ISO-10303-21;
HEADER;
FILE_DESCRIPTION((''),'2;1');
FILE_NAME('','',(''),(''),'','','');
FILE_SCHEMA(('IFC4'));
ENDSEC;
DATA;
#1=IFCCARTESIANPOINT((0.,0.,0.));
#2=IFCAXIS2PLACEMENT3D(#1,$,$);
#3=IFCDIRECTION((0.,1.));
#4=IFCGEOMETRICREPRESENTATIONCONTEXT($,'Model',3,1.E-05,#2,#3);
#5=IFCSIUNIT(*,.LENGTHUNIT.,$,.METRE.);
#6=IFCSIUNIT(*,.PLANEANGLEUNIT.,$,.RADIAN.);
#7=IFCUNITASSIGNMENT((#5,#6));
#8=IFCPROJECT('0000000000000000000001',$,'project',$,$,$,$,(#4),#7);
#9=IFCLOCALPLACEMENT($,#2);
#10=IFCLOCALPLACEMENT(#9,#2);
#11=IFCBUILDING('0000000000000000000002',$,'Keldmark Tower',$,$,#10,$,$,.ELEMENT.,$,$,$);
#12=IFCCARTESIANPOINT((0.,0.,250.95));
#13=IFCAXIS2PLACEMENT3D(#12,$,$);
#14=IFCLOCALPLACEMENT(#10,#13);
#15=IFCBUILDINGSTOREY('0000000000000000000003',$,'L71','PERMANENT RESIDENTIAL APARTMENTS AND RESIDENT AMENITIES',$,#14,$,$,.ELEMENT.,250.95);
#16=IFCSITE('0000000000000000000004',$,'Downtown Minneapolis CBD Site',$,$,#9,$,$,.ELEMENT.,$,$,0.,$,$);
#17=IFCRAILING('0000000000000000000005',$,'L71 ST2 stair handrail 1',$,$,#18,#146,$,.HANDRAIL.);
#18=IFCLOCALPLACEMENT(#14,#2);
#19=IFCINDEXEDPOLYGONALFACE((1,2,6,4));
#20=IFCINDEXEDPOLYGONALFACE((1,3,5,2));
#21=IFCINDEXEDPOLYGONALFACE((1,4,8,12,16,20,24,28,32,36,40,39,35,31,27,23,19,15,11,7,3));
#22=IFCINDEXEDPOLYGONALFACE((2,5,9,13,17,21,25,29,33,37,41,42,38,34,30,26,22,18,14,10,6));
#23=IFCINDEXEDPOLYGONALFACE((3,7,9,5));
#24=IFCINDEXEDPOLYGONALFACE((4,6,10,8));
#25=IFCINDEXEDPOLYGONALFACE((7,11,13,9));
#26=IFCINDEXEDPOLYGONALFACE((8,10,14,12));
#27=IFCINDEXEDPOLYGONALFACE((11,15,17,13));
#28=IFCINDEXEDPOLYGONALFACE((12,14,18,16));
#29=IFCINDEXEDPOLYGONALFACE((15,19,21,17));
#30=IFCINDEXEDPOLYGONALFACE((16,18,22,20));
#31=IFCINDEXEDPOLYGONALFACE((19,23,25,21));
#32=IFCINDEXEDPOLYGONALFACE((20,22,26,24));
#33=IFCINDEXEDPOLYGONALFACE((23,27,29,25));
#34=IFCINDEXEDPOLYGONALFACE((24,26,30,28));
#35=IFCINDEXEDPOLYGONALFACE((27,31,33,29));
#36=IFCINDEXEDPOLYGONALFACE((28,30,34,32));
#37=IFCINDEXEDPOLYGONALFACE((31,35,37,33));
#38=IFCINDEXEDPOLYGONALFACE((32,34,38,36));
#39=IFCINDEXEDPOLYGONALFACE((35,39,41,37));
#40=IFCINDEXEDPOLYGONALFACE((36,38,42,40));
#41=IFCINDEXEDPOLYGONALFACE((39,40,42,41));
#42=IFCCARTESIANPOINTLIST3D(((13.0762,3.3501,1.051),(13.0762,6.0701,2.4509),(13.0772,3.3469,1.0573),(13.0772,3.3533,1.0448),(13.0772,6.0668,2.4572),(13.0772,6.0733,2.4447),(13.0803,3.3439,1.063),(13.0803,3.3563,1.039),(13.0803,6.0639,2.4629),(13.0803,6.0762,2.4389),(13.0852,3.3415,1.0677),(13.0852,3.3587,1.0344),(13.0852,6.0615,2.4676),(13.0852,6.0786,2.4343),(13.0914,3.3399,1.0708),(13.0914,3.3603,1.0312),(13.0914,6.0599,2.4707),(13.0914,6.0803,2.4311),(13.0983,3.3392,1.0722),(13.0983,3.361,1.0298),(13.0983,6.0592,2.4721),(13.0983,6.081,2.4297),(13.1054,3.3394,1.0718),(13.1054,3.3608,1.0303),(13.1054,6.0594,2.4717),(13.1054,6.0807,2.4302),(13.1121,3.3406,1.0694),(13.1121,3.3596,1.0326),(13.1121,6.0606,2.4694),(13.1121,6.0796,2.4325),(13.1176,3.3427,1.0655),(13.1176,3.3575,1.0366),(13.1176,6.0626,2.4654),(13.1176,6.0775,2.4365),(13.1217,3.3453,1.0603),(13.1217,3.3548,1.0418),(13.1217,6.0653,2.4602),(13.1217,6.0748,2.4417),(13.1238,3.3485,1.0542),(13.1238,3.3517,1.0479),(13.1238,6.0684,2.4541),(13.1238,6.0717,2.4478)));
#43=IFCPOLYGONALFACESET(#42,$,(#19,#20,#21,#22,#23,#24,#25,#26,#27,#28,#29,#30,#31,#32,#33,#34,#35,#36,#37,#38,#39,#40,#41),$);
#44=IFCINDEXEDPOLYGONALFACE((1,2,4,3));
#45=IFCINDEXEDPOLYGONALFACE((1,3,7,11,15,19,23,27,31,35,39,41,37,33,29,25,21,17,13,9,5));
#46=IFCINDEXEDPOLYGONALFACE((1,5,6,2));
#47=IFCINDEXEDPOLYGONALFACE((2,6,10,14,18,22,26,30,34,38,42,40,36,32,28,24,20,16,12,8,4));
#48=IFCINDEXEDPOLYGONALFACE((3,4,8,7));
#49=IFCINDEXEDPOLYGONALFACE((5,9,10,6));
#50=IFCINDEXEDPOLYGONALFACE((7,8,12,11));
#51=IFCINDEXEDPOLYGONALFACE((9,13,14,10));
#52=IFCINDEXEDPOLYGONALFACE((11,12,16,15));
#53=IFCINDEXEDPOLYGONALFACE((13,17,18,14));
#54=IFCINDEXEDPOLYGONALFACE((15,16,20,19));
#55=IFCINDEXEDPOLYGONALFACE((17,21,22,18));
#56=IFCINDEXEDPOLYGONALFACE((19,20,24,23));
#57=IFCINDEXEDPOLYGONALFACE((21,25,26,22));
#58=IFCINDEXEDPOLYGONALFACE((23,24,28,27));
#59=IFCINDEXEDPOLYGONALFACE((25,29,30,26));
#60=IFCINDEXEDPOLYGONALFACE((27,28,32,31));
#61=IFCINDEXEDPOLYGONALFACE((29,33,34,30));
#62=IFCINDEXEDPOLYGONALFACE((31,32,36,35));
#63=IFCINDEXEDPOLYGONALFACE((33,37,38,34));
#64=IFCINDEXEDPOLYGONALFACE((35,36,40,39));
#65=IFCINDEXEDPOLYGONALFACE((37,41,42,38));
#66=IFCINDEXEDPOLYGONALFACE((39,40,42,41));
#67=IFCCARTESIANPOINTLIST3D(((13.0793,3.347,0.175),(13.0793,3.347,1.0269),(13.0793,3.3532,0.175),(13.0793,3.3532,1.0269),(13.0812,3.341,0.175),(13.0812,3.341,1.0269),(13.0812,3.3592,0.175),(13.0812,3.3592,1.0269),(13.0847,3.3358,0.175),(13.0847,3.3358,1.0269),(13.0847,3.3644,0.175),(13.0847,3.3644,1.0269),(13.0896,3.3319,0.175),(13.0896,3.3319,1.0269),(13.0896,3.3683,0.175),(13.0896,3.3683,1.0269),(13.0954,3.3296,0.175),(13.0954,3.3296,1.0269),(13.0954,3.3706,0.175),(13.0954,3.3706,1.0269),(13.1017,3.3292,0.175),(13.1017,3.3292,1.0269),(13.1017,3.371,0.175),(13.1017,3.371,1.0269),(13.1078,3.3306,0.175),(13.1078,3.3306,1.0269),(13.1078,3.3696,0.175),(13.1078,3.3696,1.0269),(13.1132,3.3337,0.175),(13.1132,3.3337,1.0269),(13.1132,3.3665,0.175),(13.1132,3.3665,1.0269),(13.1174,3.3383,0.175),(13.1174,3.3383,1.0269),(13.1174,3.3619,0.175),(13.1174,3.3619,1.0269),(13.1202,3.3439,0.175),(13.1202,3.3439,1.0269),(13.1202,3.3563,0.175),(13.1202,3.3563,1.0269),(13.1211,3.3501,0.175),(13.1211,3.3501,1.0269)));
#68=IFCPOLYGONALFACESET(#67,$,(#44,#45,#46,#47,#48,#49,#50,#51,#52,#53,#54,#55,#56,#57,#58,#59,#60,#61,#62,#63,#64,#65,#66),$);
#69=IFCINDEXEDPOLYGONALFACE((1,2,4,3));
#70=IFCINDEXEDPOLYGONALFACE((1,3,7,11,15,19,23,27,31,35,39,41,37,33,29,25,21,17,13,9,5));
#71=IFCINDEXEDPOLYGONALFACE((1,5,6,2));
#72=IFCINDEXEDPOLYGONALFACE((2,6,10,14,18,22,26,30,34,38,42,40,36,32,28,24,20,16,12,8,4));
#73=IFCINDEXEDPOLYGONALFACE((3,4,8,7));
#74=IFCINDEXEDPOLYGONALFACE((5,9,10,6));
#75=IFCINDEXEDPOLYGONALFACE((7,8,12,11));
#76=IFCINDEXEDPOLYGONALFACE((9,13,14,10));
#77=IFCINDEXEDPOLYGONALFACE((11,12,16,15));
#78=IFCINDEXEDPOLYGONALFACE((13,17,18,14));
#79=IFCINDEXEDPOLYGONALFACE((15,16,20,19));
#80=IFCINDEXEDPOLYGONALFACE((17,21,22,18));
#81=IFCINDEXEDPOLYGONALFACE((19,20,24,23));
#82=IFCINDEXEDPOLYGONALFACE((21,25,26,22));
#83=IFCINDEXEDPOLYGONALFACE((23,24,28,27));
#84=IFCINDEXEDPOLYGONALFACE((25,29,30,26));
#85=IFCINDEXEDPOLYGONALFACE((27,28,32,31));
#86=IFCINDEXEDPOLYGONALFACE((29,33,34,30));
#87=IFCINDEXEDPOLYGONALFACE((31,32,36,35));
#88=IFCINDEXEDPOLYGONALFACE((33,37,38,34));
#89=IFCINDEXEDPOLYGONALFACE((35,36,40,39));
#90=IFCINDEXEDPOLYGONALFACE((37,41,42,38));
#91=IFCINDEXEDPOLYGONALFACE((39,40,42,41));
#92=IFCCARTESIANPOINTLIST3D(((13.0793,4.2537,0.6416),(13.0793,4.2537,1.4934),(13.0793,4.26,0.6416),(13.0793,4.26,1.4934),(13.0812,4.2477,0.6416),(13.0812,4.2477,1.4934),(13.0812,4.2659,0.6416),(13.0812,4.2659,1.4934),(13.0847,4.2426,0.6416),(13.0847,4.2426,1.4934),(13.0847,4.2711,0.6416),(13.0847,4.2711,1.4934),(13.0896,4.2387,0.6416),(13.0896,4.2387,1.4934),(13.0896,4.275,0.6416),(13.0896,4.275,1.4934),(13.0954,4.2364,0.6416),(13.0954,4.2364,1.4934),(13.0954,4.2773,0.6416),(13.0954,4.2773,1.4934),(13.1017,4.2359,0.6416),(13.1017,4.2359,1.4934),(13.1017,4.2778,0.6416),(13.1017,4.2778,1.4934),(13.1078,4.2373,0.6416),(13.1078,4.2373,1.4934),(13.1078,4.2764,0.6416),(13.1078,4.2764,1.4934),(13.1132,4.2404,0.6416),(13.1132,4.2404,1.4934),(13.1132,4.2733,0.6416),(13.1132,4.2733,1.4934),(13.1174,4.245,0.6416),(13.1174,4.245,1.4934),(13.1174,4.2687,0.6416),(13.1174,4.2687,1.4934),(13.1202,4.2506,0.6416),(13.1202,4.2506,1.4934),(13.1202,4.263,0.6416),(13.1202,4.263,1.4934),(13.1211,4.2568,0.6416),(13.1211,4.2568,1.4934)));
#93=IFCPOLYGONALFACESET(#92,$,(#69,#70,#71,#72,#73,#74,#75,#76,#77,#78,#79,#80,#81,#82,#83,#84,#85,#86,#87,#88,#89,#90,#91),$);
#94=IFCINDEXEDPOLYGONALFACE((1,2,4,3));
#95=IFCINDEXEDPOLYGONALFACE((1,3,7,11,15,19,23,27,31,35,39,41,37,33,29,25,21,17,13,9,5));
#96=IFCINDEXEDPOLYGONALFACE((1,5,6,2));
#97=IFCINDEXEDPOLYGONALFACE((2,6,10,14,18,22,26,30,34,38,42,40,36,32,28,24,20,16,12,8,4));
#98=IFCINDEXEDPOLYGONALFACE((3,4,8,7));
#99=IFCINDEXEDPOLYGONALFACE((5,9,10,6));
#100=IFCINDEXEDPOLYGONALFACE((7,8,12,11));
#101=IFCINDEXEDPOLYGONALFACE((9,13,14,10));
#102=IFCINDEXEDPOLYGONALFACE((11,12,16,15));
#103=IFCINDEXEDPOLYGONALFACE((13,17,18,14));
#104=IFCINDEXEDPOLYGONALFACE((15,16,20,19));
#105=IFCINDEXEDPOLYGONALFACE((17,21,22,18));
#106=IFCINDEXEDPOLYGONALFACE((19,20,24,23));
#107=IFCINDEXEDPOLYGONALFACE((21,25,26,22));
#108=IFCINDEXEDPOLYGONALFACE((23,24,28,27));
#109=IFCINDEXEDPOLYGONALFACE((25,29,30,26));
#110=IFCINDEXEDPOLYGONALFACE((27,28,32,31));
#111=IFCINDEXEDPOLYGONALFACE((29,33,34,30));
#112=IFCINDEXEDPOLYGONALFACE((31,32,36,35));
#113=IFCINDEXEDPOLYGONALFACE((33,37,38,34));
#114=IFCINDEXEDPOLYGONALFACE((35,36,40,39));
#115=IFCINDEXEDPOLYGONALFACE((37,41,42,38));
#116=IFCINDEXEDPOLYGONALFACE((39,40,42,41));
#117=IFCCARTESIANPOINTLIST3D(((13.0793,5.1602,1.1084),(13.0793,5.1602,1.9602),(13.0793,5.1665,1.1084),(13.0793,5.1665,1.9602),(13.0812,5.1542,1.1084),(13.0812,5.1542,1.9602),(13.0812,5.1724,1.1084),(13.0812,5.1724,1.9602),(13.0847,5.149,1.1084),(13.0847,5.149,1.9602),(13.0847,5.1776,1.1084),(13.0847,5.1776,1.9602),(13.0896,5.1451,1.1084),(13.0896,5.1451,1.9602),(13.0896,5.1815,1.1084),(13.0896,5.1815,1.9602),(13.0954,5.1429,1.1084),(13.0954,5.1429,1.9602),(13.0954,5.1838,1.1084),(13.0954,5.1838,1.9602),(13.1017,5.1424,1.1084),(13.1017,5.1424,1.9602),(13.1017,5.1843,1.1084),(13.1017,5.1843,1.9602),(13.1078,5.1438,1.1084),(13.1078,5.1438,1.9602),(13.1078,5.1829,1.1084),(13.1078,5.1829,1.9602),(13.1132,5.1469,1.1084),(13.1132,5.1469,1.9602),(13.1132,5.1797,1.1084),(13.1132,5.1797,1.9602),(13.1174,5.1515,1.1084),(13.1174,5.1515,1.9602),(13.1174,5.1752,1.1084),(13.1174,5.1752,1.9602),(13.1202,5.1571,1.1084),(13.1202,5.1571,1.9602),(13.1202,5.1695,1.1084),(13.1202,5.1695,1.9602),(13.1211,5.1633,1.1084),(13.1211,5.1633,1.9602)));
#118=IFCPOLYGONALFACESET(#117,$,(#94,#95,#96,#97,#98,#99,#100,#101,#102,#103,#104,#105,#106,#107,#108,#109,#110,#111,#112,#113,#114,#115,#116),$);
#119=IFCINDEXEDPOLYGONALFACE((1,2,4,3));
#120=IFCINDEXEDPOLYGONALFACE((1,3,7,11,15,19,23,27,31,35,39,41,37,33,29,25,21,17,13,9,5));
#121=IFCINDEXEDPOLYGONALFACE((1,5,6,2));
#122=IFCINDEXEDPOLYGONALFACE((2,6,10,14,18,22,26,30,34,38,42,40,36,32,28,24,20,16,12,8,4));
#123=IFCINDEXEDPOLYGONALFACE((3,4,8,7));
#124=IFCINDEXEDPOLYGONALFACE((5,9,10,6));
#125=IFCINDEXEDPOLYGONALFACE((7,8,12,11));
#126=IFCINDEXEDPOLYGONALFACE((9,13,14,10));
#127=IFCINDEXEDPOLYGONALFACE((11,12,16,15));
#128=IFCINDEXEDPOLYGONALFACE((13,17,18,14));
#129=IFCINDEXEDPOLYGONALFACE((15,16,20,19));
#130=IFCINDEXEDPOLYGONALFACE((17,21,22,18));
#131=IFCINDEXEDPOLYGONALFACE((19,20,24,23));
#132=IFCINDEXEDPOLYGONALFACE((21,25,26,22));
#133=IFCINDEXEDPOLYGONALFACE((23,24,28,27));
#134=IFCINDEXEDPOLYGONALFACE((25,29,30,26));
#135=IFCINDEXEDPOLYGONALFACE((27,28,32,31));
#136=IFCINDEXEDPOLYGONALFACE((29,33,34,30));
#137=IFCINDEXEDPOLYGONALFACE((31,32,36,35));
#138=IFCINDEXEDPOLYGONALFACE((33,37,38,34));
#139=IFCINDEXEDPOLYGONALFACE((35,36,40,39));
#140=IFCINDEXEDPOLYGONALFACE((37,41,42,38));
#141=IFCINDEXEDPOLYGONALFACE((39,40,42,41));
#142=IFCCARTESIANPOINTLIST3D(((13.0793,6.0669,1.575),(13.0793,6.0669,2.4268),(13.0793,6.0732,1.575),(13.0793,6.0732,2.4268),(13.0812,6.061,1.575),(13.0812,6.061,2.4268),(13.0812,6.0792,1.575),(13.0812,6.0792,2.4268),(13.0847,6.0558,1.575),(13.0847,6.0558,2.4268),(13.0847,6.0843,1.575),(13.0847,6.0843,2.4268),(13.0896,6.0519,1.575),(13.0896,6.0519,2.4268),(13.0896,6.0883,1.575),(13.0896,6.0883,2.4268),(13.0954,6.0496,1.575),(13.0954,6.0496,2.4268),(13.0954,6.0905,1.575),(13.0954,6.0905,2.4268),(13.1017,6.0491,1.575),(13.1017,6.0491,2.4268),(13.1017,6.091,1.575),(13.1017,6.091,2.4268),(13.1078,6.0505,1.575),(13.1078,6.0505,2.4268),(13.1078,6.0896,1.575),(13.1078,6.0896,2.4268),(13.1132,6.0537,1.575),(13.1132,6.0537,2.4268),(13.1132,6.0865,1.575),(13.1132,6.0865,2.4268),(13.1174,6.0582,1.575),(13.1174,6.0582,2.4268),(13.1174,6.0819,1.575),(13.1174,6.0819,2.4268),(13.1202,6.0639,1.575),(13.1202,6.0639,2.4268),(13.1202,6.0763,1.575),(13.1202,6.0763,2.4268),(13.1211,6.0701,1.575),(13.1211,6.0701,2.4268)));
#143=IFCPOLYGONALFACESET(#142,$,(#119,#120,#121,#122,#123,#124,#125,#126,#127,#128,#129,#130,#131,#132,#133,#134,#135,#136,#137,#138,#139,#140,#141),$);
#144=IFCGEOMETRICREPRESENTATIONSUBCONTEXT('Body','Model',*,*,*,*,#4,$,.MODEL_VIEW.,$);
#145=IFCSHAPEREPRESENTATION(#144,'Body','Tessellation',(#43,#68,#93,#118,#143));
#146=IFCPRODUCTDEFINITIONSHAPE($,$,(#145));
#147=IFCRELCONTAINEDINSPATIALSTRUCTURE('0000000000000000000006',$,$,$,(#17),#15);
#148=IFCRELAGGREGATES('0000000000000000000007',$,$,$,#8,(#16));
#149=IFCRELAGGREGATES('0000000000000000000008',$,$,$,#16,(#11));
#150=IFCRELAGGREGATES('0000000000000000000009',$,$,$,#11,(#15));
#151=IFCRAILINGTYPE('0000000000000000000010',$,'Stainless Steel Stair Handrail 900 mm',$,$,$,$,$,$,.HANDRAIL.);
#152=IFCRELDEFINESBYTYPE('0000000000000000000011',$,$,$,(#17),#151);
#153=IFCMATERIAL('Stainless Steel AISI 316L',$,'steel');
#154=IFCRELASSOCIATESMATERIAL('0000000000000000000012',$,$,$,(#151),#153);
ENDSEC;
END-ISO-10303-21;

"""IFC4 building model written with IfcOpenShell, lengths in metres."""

from ifc_helpers import new_model, si_unit, direction, frame, origin, origin_2d, place, context, subcontext, project, spatial, circle, extrude, material, type_object, element, save


model = new_model("IFC4")

# Units and contexts
model_context = context("Model", 3, precision=1e-05, world=origin(), true_north=direction((0.0, 1.0)))
body_context = subcontext(model_context, "Body", "Model", "MODEL_VIEW")
ifc_project = project(units=[si_unit("LENGTHUNIT", "METRE"), si_unit("PLANEANGLEUNIT", "RADIAN")], contexts=[model_context])

# Site, building, storey
site_placement = place(None, origin())
site = spatial("IfcSite", under=ifc_project, at=site_placement, Name="Downtown Minneapolis CBD Site", CompositionType="ELEMENT", RefElevation=0.0)
building_placement = place(site_placement, origin())
building = spatial("IfcBuilding", under=site, at=building_placement, Name="Keldmark Tower", CompositionType="ELEMENT")
storey_placement = place(building_placement, frame((0.0, 0.0, 250.95)))
storey = spatial("IfcBuildingStorey", under=building, at=storey_placement, Name="L71", Description="PERMANENT RESIDENTIAL APARTMENTS AND RESIDENT AMENITIES", CompositionType="ELEMENT", Elevation=250.95)

# Railing
ifc_material_1 = material(Name="Stainless Steel AISI 316L", Category="steel")
railing_type_1 = type_object("IfcRailingType", Name="Stainless Steel Stair Handrail 900 mm", PredefinedType="HANDRAIL", material=ifc_material_1)
railing_1_placement = place(storey_placement, frame((13.1001, 3.3501, 0.175)))
element("IfcRailing", 1, at=railing_1_placement, inside=storey, type_object=railing_type_1, Name="L71 ST2 stair handrail 1", PredefinedType="HANDRAIL", context=body_context, shape_type="SweptSolid", body=[
    extrude(circle(Radius=0.0239, at=origin_2d()), frame((0.0, 0.0, 0.876), z_axis=(0.0, 0.889147, 0.457622), x_axis=(-1.0, 0.0, 0.0)), (0.0, 0.0, 1.0), 3.0591),
    extrude(circle(Radius=0.021, at=origin_2d()), origin(), (0.0, 0.0, 1.0), 0.8518),
    extrude(circle(Radius=0.021, at=origin_2d()), frame((0.0, 0.9067, 0.4666)), (0.0, 0.0, 1.0), 0.8518),
    extrude(circle(Radius=0.021, at=origin_2d()), frame((0.0, 1.8132, 0.9333)), (0.0, 0.0, 1.0), 0.8518),
    extrude(circle(Radius=0.021, at=origin_2d()), frame((0.0, 2.72, 1.3999)), (0.0, 0.0, 1.0), 0.8518),
])

save(model, "model.ifc")
